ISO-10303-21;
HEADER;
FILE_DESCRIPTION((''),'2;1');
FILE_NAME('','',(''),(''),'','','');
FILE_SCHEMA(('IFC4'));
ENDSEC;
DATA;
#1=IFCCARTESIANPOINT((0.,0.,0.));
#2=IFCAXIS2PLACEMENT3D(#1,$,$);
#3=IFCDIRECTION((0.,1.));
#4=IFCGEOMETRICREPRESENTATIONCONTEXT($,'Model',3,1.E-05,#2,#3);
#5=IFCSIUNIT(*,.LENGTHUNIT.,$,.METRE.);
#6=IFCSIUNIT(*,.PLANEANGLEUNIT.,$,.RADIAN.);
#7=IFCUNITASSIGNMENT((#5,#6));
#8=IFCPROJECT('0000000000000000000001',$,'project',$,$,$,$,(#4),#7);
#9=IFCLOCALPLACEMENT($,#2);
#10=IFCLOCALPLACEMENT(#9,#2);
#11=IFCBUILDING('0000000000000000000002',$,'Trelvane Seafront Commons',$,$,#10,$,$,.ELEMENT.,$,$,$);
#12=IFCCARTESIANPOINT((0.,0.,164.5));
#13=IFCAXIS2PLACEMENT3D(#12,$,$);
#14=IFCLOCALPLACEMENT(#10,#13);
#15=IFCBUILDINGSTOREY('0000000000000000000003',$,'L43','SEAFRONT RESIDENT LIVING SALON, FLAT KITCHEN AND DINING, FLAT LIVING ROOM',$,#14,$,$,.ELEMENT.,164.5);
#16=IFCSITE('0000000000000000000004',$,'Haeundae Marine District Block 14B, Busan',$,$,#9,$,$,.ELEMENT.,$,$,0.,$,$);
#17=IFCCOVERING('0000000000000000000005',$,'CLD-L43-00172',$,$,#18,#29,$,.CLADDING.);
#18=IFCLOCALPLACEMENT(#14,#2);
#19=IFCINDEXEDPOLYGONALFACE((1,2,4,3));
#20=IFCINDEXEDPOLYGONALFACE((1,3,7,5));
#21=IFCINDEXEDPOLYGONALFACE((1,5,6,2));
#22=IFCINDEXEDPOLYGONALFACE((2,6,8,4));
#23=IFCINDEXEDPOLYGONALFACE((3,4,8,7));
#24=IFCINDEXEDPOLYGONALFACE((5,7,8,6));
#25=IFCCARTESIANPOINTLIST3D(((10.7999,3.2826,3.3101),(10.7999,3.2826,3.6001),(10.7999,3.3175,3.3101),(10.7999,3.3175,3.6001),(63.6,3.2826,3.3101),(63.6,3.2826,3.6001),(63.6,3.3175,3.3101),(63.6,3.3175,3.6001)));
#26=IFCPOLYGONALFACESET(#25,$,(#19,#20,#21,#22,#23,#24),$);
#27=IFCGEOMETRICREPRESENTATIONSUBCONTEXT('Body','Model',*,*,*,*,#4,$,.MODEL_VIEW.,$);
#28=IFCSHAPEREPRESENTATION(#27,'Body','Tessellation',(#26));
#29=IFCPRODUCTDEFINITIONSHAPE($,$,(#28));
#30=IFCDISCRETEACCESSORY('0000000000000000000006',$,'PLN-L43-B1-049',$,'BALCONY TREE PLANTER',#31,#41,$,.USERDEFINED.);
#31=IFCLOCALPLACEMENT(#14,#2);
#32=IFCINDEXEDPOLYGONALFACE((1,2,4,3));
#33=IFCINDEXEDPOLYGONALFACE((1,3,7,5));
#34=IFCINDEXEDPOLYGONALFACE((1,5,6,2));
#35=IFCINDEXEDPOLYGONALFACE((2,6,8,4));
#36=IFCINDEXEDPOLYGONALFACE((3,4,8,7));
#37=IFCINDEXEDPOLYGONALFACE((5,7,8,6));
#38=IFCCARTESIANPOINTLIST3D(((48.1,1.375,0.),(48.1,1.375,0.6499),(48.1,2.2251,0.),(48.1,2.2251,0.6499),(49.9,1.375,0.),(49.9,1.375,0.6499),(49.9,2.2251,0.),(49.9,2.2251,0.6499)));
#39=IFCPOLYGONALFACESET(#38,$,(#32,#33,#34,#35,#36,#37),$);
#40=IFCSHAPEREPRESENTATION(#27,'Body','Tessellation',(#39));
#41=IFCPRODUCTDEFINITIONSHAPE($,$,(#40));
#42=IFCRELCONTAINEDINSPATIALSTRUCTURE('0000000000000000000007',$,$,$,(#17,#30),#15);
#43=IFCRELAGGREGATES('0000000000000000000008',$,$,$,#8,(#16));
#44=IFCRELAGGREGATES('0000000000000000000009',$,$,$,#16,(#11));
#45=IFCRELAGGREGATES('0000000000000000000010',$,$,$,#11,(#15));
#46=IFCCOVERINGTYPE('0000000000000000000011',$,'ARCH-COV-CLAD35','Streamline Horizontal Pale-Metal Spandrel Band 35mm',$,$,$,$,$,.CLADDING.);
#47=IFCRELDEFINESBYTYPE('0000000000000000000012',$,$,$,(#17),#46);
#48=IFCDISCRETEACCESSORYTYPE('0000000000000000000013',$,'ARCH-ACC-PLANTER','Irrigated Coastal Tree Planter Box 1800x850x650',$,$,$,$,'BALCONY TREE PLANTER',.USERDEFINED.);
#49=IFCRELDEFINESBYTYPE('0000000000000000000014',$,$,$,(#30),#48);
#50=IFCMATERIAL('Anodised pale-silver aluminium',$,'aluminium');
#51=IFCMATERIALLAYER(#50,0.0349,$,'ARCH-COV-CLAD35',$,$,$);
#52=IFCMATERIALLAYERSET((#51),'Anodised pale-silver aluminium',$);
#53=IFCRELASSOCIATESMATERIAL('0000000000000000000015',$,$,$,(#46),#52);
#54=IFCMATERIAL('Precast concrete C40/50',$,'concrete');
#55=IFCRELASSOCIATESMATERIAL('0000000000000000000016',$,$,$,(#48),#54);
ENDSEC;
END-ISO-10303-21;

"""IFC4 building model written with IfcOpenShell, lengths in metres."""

from ifc_helpers import new_model, si_unit, direction, frame, origin, origin_2d, place, context, subcontext, project, spatial, rectangle, extrude, source, transform, mapped, material, layer, layer_set, type_object, element, save


model = new_model("IFC4")

# Units and contexts
model_context = context("Model", 3, precision=1e-05, world=origin(), true_north=direction((0.0, 1.0)))
body_context = subcontext(model_context, "Body", "Model", "MODEL_VIEW")
ifc_project = project(units=[si_unit("LENGTHUNIT", "METRE"), si_unit("PLANEANGLEUNIT", "RADIAN")], contexts=[model_context])

# Site, building, storey
site_placement = place(None, origin())
site = spatial("IfcSite", under=ifc_project, at=site_placement, Name="Haeundae Marine District Block 14B, Busan", CompositionType="ELEMENT", RefElevation=0.0)
building_placement = place(site_placement, origin())
building = spatial("IfcBuilding", under=site, at=building_placement, Name="Trelvane Seafront Commons", CompositionType="ELEMENT")
storey_placement = place(building_placement, frame((0.0, 0.0, 164.5)))
storey = spatial("IfcBuildingStorey", under=building, at=storey_placement, Name="L43", Description="SEAFRONT RESIDENT LIVING SALON, FLAT KITCHEN AND DINING, FLAT LIVING ROOM", CompositionType="ELEMENT", Elevation=164.5)

# Shared definitions
ifc_material_1 = material(Name="Anodised pale-silver aluminium", Category="aluminium")

# Covering
ifc_layer_1 = layer(ifc_material_1, 0.0349, Name="ARCH-COV-CLAD35")
ifc_layer_set_1 = layer_set([ifc_layer_1], Name="Anodised pale-silver aluminium")
covering_type = type_object("IfcCoveringType", Name="ARCH-COV-CLAD35", Description="Streamline Horizontal Pale-Metal Spandrel Band 35mm", PredefinedType="CLADDING", material=ifc_layer_set_1)
shared_shape_1 = source(origin(), body_context, "Body", "SweptSolid", [
    extrude(rectangle(XDim=52.8, YDim=0.0349, at=origin_2d()), origin(), (0.0, 0.0, 1.0), 0.29),
])
covering_placement = place(storey_placement, frame((37.2, 3.3, 3.3101), z_axis=(0.0, 0.0, 1.0), x_axis=(-1.0, 0.0, 0.0)))
element("IfcCovering", 1, at=covering_placement, inside=storey, type_object=covering_type, Name="CLD-L43-00172", PredefinedType="CLADDING", context=body_context, shape_type="MappedRepresentation", body=[
    mapped(shared_shape_1, transform((0.0, 0.0, 0.0), x_axis=(1.0, 0.0, 0.0), y_axis=(0.0, 1.0, 0.0), z_axis=(0.0, 0.0, 1.0), scale=1.0)),
])

# Discrete accessory
ifc_material_2 = material(Name="Precast concrete C40/50", Category="concrete")
discrete_accessory_type = type_object("IfcDiscreteAccessoryType", Name="ARCH-ACC-PLANTER", Description="Irrigated Coastal Tree Planter Box 1800x850x650", ElementType="BALCONY TREE PLANTER", PredefinedType="USERDEFINED", material=ifc_material_2)
shared_shape_2 = source(origin(), body_context, "Body", "SweptSolid", [
    extrude(rectangle(XDim=1.8, YDim=0.8501, at=origin_2d()), origin(), (0.0, 0.0, 1.0), 0.6499),
])
discrete_accessory_placement = place(storey_placement, frame((49.0, 1.8, 0.0), z_axis=(0.0, 0.0, 1.0), x_axis=(1.0, 0.0, 0.0)))
element("IfcDiscreteAccessory", 2, at=discrete_accessory_placement, inside=storey, type_object=discrete_accessory_type, Name="PLN-L43-B1-049", ObjectType="BALCONY TREE PLANTER", PredefinedType="USERDEFINED", context=body_context, shape_type="MappedRepresentation", body=[
    mapped(shared_shape_2, transform((0.0, 0.0, 0.0), x_axis=(1.0, 0.0, 0.0), y_axis=(0.0, 1.0, 0.0), z_axis=(0.0, 0.0, 1.0), scale=1.0)),
])

save(model, "model.ifc")
